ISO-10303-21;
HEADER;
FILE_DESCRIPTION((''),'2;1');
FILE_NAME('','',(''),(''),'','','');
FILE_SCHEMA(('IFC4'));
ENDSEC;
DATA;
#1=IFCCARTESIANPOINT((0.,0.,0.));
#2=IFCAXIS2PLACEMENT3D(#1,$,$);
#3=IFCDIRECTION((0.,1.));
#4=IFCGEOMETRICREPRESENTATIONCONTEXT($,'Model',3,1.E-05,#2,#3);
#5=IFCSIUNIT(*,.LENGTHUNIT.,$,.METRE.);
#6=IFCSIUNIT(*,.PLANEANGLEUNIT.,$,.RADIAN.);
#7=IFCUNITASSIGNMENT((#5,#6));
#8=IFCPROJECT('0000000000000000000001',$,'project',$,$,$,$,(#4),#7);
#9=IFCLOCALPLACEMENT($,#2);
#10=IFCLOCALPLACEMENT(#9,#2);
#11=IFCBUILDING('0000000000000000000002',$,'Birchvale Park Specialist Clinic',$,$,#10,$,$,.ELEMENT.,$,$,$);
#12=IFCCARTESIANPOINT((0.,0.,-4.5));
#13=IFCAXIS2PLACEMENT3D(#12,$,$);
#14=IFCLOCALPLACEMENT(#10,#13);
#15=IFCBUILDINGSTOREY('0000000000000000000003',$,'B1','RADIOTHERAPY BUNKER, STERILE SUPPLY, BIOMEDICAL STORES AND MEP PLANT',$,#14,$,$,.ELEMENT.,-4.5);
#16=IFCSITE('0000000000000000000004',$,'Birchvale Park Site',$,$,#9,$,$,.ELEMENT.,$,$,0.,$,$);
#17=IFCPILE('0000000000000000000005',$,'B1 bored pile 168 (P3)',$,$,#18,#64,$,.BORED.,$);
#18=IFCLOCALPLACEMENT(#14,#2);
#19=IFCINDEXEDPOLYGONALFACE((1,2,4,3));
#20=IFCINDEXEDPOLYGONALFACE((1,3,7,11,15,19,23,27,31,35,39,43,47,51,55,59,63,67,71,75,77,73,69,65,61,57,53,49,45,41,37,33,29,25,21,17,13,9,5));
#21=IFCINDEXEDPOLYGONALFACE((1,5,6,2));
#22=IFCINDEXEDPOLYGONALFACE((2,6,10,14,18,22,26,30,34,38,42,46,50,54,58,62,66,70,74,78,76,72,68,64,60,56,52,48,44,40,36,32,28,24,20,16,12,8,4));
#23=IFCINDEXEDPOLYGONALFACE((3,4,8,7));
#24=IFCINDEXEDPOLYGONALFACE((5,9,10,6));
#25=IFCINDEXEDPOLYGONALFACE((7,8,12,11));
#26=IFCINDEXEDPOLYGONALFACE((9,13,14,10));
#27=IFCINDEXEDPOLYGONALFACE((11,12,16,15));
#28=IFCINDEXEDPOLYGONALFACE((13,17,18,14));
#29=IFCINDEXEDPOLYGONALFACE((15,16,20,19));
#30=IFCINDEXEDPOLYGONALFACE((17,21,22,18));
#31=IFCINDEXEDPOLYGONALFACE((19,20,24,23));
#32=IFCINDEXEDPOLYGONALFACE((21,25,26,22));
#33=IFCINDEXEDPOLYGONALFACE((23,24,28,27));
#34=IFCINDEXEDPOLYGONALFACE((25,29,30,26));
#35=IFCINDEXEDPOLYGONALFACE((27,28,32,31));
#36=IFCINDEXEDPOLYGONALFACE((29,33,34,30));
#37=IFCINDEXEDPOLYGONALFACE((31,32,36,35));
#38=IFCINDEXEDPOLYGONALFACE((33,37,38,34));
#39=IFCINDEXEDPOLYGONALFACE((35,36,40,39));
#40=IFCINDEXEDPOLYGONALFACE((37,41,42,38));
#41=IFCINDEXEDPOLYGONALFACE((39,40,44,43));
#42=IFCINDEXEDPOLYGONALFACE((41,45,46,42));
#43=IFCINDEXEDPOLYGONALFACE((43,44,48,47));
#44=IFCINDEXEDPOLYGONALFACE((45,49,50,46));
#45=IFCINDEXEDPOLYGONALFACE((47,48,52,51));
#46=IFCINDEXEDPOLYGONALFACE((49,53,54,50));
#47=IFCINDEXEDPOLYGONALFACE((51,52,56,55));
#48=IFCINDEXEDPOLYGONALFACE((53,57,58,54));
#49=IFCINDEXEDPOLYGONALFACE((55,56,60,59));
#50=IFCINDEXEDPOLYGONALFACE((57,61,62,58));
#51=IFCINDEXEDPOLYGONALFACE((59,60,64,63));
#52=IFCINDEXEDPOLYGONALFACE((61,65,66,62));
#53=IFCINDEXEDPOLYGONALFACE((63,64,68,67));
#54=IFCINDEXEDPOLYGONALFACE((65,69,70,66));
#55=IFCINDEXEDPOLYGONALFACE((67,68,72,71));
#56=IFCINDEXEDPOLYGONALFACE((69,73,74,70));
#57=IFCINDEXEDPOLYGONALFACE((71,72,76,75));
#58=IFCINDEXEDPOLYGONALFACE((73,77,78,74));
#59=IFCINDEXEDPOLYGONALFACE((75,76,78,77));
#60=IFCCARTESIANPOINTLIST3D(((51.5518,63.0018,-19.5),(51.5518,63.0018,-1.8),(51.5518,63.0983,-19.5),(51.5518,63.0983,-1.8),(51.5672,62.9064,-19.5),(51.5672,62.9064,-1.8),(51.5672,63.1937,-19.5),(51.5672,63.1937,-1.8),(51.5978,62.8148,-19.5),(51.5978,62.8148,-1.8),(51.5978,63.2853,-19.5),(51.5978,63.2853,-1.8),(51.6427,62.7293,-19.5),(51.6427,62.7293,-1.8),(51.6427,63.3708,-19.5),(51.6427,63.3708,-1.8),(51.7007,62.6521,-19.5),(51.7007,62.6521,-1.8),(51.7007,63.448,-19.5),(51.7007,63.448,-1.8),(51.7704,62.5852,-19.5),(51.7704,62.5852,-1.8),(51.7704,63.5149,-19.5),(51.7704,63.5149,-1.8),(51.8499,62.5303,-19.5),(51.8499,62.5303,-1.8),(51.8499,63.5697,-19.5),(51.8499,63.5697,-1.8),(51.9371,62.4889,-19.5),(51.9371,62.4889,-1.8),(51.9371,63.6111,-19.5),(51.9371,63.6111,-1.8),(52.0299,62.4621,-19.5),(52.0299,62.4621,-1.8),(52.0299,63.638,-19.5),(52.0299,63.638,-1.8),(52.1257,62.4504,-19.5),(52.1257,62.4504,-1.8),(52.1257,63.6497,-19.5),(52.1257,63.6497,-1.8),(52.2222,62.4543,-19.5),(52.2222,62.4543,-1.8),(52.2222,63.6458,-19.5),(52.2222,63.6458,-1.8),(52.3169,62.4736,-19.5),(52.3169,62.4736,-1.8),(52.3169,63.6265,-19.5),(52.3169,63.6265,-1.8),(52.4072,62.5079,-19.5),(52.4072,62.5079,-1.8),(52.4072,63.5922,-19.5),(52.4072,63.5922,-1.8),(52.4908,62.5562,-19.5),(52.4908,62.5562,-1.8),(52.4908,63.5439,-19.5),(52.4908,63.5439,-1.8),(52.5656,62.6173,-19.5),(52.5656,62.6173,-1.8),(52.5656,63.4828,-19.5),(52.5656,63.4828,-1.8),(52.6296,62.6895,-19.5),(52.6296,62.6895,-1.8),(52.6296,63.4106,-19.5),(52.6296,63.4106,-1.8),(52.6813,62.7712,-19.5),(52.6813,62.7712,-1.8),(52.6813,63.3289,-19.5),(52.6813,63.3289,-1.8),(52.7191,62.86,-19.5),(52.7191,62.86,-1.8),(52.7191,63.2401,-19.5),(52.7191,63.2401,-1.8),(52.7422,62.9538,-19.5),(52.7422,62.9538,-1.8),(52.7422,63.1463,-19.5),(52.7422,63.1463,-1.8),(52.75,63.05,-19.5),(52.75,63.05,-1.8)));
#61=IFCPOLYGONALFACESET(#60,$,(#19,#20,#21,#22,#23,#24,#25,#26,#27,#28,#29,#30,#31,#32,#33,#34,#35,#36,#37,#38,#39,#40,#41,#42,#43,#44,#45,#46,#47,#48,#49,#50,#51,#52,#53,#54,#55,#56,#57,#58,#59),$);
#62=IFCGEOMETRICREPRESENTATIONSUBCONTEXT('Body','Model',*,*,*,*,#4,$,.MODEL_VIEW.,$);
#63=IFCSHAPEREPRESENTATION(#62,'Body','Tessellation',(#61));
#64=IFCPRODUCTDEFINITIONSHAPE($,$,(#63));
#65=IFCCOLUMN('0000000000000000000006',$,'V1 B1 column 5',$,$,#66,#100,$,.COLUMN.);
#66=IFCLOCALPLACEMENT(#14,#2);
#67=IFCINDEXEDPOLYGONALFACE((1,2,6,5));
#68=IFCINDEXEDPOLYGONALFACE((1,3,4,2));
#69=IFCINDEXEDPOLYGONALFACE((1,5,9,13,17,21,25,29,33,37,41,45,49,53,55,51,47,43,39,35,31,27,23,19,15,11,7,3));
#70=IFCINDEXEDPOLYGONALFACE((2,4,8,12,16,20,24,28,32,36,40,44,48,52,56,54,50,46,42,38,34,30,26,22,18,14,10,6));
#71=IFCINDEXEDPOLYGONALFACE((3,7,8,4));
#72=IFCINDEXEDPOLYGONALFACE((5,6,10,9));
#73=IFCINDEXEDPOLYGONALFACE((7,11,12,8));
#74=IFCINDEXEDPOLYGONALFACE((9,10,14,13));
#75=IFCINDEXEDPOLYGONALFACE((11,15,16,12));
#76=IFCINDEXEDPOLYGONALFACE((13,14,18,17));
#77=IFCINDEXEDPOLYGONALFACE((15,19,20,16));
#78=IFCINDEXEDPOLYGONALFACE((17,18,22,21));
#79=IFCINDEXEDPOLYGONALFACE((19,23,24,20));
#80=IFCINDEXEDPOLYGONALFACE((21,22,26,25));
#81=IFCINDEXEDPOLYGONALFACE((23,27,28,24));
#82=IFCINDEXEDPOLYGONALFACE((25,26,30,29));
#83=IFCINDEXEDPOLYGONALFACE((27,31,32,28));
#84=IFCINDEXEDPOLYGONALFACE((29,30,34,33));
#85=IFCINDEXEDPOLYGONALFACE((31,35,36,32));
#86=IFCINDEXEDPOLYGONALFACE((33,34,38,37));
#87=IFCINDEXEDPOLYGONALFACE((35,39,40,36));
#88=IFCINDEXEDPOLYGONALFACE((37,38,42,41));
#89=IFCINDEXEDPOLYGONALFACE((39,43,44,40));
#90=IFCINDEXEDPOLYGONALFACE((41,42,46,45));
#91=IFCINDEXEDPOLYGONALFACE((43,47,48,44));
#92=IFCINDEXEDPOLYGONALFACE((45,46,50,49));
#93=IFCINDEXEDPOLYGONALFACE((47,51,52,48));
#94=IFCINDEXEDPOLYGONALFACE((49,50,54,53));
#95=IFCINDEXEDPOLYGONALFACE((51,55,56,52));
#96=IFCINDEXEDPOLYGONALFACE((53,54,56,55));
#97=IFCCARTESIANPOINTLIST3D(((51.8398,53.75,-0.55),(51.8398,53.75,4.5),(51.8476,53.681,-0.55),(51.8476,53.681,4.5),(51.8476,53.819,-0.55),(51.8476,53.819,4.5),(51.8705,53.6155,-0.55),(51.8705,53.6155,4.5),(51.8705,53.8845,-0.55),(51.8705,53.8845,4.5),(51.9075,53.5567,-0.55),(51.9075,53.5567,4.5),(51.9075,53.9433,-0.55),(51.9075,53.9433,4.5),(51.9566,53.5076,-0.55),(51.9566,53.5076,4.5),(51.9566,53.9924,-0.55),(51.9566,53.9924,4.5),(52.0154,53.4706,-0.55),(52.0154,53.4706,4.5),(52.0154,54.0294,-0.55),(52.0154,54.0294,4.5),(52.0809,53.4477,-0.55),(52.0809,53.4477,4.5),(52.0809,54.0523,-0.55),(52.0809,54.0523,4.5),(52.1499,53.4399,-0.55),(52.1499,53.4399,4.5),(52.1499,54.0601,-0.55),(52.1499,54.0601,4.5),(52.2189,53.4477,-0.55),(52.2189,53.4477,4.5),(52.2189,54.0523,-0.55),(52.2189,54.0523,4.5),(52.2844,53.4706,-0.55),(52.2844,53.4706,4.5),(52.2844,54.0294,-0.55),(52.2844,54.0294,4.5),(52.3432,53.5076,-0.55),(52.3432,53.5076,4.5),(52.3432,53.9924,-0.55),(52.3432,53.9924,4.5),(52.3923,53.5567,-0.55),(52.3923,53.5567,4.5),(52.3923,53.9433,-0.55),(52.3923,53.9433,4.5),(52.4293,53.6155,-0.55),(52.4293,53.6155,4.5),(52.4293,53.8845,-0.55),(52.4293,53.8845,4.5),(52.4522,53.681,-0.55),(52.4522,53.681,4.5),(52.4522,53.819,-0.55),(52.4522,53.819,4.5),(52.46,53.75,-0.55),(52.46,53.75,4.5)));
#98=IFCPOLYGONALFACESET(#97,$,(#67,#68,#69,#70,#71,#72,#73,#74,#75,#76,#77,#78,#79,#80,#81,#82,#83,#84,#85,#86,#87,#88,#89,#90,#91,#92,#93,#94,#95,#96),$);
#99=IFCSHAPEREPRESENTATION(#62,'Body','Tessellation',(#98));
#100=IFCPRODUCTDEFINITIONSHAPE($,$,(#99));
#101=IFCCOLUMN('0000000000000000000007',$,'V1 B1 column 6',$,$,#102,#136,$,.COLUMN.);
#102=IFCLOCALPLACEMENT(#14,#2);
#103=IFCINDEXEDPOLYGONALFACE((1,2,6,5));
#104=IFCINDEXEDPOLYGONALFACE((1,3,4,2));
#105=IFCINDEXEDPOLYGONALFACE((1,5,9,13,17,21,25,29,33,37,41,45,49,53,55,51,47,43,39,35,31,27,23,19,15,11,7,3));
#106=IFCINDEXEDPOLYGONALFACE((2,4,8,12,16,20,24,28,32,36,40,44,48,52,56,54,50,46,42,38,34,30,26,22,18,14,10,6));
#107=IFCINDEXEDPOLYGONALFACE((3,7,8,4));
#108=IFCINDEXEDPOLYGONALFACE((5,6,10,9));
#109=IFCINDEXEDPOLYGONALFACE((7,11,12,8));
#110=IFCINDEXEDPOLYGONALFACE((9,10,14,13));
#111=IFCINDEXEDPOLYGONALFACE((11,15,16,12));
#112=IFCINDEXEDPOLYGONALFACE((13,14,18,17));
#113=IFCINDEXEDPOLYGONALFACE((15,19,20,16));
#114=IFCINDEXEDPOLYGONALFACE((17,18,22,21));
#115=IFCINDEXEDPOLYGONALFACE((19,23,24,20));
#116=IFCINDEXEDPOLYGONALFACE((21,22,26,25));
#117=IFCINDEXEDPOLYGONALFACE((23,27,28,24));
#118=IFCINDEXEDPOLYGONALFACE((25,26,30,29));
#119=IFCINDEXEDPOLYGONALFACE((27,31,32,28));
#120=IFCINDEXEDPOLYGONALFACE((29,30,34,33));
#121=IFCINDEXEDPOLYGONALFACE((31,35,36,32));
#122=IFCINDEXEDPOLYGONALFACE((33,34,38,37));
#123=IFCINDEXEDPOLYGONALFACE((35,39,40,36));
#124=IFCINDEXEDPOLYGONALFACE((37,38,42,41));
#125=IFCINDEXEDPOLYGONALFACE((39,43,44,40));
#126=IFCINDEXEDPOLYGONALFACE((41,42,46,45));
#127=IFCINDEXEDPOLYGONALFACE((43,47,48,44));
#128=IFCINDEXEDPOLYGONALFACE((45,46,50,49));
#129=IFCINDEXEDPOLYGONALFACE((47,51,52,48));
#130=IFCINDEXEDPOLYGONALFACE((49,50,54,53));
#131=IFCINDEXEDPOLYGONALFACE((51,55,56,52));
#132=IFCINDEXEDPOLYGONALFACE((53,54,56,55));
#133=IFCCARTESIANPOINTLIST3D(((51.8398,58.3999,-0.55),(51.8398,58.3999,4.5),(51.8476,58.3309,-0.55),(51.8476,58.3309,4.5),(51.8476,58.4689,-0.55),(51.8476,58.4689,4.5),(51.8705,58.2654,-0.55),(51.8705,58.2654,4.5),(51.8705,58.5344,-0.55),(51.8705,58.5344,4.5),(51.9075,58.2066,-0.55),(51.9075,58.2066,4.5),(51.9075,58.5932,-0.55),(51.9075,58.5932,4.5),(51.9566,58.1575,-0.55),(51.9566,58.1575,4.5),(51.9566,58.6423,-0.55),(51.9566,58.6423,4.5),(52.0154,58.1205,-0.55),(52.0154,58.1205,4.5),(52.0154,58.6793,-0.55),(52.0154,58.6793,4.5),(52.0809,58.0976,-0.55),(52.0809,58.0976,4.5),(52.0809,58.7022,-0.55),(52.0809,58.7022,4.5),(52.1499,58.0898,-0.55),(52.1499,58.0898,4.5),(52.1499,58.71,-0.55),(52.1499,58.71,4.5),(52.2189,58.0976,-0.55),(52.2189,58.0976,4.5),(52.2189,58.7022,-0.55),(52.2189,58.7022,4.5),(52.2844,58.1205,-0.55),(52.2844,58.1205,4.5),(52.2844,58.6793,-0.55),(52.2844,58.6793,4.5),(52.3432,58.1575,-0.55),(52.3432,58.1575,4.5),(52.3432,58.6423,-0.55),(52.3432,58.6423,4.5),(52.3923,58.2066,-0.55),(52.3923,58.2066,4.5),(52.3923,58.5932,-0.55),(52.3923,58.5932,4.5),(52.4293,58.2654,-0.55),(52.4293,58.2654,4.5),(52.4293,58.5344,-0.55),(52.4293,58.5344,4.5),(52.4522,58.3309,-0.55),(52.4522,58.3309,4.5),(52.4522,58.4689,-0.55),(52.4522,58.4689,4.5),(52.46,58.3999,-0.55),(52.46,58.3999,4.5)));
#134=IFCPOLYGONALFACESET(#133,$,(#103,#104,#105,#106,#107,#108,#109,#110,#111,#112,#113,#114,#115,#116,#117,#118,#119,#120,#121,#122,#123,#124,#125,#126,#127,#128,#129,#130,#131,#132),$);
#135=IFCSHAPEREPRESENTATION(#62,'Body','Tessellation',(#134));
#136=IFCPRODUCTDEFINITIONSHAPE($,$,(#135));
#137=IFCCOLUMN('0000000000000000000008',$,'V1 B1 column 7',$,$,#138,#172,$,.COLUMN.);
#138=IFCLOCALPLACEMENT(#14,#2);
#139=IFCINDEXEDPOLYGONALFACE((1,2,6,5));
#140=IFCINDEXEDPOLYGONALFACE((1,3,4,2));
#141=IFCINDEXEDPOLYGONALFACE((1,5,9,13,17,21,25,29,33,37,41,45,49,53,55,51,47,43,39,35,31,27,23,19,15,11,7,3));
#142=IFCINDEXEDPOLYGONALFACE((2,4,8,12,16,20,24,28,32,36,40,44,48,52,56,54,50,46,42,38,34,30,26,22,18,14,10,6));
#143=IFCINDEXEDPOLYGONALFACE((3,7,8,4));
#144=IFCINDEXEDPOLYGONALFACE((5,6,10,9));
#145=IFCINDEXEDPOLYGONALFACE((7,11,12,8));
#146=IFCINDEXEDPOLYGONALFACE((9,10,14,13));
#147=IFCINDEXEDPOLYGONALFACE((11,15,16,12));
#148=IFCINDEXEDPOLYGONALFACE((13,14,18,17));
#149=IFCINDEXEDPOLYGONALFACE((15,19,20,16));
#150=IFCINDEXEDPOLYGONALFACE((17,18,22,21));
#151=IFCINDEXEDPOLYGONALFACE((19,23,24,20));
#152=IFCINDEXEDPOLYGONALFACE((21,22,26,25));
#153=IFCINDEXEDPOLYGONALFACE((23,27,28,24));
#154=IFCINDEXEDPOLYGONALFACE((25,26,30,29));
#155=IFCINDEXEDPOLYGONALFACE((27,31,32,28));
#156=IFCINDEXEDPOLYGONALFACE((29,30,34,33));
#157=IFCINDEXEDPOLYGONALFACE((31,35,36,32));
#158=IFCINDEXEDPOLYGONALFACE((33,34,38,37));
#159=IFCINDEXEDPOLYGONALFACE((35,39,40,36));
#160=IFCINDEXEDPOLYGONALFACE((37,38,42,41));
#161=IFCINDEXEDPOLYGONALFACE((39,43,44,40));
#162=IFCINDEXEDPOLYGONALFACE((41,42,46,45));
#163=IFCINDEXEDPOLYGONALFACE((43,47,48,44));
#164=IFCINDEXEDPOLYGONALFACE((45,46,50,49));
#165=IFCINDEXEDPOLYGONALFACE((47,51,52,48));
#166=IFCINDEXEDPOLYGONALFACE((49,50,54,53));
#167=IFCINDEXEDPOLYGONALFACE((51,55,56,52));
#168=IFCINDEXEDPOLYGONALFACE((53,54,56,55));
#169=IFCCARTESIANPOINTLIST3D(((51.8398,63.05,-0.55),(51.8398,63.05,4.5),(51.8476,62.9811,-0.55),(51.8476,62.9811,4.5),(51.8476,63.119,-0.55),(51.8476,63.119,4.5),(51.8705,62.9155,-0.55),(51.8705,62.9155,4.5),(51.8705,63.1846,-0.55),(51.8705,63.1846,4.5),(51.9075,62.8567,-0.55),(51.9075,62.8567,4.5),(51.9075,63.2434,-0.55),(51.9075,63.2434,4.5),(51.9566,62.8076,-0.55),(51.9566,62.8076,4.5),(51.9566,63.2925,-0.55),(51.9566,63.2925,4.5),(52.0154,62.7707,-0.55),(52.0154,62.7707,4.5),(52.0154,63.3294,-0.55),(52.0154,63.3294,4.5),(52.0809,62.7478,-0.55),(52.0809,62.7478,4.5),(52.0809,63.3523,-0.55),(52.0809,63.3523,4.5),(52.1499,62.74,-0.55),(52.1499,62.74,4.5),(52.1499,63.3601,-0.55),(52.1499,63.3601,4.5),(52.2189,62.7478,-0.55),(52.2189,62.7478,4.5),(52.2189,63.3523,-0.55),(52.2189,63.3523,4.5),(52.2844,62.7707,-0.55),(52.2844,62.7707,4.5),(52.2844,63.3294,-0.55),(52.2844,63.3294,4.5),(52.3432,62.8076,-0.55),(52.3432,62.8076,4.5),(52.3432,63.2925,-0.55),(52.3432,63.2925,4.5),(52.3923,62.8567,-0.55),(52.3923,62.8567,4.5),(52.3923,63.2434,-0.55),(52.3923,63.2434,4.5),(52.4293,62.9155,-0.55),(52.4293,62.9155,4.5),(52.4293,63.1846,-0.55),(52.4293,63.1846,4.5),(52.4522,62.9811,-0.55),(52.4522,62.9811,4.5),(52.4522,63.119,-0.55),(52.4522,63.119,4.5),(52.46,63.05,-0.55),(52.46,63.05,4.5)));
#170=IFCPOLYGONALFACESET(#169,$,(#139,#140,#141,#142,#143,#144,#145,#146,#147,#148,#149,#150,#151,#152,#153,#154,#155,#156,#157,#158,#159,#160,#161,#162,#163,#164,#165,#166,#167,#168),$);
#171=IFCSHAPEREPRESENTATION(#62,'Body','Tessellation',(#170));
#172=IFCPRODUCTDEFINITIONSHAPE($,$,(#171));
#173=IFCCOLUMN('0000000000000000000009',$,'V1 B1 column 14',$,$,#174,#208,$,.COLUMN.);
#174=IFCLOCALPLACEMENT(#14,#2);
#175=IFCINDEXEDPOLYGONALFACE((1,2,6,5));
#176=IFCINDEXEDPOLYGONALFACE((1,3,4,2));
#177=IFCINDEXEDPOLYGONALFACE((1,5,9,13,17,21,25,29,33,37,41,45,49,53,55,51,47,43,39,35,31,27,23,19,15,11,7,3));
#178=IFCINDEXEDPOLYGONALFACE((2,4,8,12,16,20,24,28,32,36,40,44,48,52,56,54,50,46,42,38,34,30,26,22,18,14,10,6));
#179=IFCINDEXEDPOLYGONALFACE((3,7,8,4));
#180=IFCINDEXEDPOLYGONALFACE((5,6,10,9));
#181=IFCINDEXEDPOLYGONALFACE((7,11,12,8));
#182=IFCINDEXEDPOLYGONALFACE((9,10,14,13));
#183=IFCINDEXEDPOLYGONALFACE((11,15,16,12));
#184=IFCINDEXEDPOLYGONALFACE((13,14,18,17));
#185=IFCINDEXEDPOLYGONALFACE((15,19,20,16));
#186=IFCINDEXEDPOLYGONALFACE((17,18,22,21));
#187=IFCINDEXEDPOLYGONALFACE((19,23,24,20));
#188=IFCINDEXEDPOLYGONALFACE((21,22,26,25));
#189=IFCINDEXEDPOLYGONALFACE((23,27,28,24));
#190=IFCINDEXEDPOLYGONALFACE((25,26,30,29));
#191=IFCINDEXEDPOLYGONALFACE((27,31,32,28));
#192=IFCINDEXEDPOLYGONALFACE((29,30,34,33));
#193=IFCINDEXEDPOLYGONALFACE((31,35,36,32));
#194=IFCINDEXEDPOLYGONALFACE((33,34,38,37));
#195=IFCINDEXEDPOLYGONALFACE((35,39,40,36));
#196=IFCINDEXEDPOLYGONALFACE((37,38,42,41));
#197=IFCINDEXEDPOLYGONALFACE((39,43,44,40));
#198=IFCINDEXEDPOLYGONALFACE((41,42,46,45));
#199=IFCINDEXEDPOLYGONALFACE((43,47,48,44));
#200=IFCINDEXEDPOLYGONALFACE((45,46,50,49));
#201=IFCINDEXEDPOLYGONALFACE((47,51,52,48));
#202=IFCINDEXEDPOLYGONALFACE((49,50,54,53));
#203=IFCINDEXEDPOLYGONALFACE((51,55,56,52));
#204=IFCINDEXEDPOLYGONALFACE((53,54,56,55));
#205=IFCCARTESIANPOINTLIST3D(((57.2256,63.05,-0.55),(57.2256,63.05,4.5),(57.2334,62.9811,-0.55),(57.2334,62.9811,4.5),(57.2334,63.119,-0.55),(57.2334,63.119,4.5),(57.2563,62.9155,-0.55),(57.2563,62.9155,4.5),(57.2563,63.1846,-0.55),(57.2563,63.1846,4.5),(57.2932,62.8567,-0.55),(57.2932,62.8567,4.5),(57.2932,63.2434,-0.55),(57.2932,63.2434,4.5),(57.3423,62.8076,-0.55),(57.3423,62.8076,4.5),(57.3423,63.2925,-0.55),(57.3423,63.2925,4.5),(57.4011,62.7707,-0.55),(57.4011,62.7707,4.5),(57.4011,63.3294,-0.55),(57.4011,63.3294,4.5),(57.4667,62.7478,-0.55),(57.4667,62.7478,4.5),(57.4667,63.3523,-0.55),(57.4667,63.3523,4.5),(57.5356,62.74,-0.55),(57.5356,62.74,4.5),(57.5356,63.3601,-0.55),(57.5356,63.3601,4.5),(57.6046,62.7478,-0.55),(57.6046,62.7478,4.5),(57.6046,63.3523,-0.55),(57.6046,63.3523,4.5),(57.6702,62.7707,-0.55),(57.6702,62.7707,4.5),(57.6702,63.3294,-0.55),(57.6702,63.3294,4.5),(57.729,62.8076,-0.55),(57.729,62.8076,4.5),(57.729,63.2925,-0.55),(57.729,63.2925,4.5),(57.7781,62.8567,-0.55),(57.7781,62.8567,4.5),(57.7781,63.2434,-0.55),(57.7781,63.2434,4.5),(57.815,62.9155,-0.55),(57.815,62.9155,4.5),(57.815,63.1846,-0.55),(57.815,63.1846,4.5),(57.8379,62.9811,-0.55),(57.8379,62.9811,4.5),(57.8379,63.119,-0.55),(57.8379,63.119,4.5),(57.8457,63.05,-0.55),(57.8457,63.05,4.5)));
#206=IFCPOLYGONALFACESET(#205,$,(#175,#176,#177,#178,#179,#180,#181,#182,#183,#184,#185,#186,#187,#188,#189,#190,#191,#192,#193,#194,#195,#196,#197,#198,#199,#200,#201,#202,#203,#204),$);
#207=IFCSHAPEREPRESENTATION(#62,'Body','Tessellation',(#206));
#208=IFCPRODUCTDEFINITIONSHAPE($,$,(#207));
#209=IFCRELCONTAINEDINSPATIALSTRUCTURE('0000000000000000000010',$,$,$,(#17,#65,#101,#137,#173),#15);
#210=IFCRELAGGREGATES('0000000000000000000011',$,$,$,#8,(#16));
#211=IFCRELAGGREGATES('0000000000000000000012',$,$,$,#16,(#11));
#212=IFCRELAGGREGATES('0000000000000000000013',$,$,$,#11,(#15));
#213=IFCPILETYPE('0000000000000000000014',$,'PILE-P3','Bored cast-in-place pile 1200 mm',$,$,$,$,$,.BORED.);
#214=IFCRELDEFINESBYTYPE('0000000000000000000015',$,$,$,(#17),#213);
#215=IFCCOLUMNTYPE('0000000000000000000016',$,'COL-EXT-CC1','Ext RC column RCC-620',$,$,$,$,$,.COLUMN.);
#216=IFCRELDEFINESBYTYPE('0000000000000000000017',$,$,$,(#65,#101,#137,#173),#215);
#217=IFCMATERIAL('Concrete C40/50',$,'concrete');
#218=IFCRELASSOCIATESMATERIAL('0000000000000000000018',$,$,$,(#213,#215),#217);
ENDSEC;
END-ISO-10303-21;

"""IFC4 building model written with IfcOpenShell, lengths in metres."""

from ifc_helpers import new_model, si_unit, direction, frame, origin, origin_2d, place, context, subcontext, project, spatial, circle, extrude, material, material_profile, profile_set, type_object, element, save


model = new_model("IFC4")

# Units and contexts
model_context = context("Model", 3, precision=1e-05, world=origin(), true_north=direction((0.0, 1.0)))
body_context = subcontext(model_context, "Body", "Model", "MODEL_VIEW")
ifc_project = project(units=[si_unit("LENGTHUNIT", "METRE"), si_unit("PLANEANGLEUNIT", "RADIAN")], contexts=[model_context])

# Site, building, storey
site_placement = place(None, origin())
site = spatial("IfcSite", under=ifc_project, at=site_placement, Name="Birchvale Park Site", CompositionType="ELEMENT", RefElevation=0.0)
building_placement = place(site_placement, origin())
building = spatial("IfcBuilding", under=site, at=building_placement, Name="Birchvale Park Specialist Clinic", CompositionType="ELEMENT")
storey_placement = place(building_placement, frame((0.0, 0.0, -4.5)))
storey = spatial("IfcBuildingStorey", under=building, at=storey_placement, Name="B1", Description="RADIOTHERAPY BUNKER, STERILE SUPPLY, BIOMEDICAL STORES AND MEP PLANT", CompositionType="ELEMENT", Elevation=-4.5)

# Shared definitions
ifc_material = material(Name="Concrete C40/50", Category="concrete")

# Pile
ifc_material_profile_1 = material_profile(ifc_material, circle(Radius=0.6001, at=origin_2d()), Name="PILE-1200")
ifc_profile_set_1 = profile_set([ifc_material_profile_1], Name="Concrete C40/50")
pile_type_1 = type_object("IfcPileType", Name="PILE-P3", Description="Bored cast-in-place pile 1200 mm", PredefinedType="BORED", material=ifc_profile_set_1)
for number, where, z_axis, x_axis, name in (
    (1, (52.1499, 63.05, -1.8), (0.0, 0.0, -1.0), (1.0, 0.0, 0.0), "B1 bored pile 168 (P3)"),
):
    element("IfcPile", number, at=place(storey_placement, frame(where, z_axis=z_axis, x_axis=x_axis)), inside=storey, type_object=pile_type_1, Name=name, PredefinedType="BORED", context=body_context, shape_type="SweptSolid", body=[
        extrude(circle(Radius=0.6001, at=origin_2d()), origin(), (0.0, 0.0, 1.0), 17.7),
    ])

# Columns
ifc_material_profile_2 = material_profile(ifc_material, circle(Radius=0.3101, at=origin_2d()), Name="RCC-620")
ifc_profile_set_2 = profile_set([ifc_material_profile_2], Name="Concrete C40/50")
column_type_1 = type_object("IfcColumnType", Name="COL-EXT-CC1", Description="Ext RC column RCC-620", PredefinedType="COLUMN", material=ifc_profile_set_2)
for number, where, z_axis, x_axis, name in (
    (2, (52.1499, 53.75, -0.55), (0.0, 0.0, 1.0), (1.0, 0.0, 0.0), "V1 B1 column 5"),
    (3, (52.1499, 58.3999, -0.55), (0.0, 0.0, 1.0), (1.0, 0.0, 0.0), "V1 B1 column 6"),
    (4, (52.1499, 63.05, -0.55), (0.0, 0.0, 1.0), (1.0, 0.0, 0.0), "V1 B1 column 7"),
    (5, (57.5356, 63.05, -0.55), (0.0, 0.0, 1.0), (1.0, 0.0, 0.0), "V1 B1 column 14"),
):
    element("IfcColumn", number, at=place(storey_placement, frame(where, z_axis=z_axis, x_axis=x_axis)), inside=storey, type_object=column_type_1, Name=name, PredefinedType="COLUMN", context=body_context, shape_type="SweptSolid", body=[
        extrude(circle(Radius=0.3101, at=origin_2d()), origin(), (0.0, 0.0, 1.0), 5.05),
    ])

save(model, "model.ifc")
